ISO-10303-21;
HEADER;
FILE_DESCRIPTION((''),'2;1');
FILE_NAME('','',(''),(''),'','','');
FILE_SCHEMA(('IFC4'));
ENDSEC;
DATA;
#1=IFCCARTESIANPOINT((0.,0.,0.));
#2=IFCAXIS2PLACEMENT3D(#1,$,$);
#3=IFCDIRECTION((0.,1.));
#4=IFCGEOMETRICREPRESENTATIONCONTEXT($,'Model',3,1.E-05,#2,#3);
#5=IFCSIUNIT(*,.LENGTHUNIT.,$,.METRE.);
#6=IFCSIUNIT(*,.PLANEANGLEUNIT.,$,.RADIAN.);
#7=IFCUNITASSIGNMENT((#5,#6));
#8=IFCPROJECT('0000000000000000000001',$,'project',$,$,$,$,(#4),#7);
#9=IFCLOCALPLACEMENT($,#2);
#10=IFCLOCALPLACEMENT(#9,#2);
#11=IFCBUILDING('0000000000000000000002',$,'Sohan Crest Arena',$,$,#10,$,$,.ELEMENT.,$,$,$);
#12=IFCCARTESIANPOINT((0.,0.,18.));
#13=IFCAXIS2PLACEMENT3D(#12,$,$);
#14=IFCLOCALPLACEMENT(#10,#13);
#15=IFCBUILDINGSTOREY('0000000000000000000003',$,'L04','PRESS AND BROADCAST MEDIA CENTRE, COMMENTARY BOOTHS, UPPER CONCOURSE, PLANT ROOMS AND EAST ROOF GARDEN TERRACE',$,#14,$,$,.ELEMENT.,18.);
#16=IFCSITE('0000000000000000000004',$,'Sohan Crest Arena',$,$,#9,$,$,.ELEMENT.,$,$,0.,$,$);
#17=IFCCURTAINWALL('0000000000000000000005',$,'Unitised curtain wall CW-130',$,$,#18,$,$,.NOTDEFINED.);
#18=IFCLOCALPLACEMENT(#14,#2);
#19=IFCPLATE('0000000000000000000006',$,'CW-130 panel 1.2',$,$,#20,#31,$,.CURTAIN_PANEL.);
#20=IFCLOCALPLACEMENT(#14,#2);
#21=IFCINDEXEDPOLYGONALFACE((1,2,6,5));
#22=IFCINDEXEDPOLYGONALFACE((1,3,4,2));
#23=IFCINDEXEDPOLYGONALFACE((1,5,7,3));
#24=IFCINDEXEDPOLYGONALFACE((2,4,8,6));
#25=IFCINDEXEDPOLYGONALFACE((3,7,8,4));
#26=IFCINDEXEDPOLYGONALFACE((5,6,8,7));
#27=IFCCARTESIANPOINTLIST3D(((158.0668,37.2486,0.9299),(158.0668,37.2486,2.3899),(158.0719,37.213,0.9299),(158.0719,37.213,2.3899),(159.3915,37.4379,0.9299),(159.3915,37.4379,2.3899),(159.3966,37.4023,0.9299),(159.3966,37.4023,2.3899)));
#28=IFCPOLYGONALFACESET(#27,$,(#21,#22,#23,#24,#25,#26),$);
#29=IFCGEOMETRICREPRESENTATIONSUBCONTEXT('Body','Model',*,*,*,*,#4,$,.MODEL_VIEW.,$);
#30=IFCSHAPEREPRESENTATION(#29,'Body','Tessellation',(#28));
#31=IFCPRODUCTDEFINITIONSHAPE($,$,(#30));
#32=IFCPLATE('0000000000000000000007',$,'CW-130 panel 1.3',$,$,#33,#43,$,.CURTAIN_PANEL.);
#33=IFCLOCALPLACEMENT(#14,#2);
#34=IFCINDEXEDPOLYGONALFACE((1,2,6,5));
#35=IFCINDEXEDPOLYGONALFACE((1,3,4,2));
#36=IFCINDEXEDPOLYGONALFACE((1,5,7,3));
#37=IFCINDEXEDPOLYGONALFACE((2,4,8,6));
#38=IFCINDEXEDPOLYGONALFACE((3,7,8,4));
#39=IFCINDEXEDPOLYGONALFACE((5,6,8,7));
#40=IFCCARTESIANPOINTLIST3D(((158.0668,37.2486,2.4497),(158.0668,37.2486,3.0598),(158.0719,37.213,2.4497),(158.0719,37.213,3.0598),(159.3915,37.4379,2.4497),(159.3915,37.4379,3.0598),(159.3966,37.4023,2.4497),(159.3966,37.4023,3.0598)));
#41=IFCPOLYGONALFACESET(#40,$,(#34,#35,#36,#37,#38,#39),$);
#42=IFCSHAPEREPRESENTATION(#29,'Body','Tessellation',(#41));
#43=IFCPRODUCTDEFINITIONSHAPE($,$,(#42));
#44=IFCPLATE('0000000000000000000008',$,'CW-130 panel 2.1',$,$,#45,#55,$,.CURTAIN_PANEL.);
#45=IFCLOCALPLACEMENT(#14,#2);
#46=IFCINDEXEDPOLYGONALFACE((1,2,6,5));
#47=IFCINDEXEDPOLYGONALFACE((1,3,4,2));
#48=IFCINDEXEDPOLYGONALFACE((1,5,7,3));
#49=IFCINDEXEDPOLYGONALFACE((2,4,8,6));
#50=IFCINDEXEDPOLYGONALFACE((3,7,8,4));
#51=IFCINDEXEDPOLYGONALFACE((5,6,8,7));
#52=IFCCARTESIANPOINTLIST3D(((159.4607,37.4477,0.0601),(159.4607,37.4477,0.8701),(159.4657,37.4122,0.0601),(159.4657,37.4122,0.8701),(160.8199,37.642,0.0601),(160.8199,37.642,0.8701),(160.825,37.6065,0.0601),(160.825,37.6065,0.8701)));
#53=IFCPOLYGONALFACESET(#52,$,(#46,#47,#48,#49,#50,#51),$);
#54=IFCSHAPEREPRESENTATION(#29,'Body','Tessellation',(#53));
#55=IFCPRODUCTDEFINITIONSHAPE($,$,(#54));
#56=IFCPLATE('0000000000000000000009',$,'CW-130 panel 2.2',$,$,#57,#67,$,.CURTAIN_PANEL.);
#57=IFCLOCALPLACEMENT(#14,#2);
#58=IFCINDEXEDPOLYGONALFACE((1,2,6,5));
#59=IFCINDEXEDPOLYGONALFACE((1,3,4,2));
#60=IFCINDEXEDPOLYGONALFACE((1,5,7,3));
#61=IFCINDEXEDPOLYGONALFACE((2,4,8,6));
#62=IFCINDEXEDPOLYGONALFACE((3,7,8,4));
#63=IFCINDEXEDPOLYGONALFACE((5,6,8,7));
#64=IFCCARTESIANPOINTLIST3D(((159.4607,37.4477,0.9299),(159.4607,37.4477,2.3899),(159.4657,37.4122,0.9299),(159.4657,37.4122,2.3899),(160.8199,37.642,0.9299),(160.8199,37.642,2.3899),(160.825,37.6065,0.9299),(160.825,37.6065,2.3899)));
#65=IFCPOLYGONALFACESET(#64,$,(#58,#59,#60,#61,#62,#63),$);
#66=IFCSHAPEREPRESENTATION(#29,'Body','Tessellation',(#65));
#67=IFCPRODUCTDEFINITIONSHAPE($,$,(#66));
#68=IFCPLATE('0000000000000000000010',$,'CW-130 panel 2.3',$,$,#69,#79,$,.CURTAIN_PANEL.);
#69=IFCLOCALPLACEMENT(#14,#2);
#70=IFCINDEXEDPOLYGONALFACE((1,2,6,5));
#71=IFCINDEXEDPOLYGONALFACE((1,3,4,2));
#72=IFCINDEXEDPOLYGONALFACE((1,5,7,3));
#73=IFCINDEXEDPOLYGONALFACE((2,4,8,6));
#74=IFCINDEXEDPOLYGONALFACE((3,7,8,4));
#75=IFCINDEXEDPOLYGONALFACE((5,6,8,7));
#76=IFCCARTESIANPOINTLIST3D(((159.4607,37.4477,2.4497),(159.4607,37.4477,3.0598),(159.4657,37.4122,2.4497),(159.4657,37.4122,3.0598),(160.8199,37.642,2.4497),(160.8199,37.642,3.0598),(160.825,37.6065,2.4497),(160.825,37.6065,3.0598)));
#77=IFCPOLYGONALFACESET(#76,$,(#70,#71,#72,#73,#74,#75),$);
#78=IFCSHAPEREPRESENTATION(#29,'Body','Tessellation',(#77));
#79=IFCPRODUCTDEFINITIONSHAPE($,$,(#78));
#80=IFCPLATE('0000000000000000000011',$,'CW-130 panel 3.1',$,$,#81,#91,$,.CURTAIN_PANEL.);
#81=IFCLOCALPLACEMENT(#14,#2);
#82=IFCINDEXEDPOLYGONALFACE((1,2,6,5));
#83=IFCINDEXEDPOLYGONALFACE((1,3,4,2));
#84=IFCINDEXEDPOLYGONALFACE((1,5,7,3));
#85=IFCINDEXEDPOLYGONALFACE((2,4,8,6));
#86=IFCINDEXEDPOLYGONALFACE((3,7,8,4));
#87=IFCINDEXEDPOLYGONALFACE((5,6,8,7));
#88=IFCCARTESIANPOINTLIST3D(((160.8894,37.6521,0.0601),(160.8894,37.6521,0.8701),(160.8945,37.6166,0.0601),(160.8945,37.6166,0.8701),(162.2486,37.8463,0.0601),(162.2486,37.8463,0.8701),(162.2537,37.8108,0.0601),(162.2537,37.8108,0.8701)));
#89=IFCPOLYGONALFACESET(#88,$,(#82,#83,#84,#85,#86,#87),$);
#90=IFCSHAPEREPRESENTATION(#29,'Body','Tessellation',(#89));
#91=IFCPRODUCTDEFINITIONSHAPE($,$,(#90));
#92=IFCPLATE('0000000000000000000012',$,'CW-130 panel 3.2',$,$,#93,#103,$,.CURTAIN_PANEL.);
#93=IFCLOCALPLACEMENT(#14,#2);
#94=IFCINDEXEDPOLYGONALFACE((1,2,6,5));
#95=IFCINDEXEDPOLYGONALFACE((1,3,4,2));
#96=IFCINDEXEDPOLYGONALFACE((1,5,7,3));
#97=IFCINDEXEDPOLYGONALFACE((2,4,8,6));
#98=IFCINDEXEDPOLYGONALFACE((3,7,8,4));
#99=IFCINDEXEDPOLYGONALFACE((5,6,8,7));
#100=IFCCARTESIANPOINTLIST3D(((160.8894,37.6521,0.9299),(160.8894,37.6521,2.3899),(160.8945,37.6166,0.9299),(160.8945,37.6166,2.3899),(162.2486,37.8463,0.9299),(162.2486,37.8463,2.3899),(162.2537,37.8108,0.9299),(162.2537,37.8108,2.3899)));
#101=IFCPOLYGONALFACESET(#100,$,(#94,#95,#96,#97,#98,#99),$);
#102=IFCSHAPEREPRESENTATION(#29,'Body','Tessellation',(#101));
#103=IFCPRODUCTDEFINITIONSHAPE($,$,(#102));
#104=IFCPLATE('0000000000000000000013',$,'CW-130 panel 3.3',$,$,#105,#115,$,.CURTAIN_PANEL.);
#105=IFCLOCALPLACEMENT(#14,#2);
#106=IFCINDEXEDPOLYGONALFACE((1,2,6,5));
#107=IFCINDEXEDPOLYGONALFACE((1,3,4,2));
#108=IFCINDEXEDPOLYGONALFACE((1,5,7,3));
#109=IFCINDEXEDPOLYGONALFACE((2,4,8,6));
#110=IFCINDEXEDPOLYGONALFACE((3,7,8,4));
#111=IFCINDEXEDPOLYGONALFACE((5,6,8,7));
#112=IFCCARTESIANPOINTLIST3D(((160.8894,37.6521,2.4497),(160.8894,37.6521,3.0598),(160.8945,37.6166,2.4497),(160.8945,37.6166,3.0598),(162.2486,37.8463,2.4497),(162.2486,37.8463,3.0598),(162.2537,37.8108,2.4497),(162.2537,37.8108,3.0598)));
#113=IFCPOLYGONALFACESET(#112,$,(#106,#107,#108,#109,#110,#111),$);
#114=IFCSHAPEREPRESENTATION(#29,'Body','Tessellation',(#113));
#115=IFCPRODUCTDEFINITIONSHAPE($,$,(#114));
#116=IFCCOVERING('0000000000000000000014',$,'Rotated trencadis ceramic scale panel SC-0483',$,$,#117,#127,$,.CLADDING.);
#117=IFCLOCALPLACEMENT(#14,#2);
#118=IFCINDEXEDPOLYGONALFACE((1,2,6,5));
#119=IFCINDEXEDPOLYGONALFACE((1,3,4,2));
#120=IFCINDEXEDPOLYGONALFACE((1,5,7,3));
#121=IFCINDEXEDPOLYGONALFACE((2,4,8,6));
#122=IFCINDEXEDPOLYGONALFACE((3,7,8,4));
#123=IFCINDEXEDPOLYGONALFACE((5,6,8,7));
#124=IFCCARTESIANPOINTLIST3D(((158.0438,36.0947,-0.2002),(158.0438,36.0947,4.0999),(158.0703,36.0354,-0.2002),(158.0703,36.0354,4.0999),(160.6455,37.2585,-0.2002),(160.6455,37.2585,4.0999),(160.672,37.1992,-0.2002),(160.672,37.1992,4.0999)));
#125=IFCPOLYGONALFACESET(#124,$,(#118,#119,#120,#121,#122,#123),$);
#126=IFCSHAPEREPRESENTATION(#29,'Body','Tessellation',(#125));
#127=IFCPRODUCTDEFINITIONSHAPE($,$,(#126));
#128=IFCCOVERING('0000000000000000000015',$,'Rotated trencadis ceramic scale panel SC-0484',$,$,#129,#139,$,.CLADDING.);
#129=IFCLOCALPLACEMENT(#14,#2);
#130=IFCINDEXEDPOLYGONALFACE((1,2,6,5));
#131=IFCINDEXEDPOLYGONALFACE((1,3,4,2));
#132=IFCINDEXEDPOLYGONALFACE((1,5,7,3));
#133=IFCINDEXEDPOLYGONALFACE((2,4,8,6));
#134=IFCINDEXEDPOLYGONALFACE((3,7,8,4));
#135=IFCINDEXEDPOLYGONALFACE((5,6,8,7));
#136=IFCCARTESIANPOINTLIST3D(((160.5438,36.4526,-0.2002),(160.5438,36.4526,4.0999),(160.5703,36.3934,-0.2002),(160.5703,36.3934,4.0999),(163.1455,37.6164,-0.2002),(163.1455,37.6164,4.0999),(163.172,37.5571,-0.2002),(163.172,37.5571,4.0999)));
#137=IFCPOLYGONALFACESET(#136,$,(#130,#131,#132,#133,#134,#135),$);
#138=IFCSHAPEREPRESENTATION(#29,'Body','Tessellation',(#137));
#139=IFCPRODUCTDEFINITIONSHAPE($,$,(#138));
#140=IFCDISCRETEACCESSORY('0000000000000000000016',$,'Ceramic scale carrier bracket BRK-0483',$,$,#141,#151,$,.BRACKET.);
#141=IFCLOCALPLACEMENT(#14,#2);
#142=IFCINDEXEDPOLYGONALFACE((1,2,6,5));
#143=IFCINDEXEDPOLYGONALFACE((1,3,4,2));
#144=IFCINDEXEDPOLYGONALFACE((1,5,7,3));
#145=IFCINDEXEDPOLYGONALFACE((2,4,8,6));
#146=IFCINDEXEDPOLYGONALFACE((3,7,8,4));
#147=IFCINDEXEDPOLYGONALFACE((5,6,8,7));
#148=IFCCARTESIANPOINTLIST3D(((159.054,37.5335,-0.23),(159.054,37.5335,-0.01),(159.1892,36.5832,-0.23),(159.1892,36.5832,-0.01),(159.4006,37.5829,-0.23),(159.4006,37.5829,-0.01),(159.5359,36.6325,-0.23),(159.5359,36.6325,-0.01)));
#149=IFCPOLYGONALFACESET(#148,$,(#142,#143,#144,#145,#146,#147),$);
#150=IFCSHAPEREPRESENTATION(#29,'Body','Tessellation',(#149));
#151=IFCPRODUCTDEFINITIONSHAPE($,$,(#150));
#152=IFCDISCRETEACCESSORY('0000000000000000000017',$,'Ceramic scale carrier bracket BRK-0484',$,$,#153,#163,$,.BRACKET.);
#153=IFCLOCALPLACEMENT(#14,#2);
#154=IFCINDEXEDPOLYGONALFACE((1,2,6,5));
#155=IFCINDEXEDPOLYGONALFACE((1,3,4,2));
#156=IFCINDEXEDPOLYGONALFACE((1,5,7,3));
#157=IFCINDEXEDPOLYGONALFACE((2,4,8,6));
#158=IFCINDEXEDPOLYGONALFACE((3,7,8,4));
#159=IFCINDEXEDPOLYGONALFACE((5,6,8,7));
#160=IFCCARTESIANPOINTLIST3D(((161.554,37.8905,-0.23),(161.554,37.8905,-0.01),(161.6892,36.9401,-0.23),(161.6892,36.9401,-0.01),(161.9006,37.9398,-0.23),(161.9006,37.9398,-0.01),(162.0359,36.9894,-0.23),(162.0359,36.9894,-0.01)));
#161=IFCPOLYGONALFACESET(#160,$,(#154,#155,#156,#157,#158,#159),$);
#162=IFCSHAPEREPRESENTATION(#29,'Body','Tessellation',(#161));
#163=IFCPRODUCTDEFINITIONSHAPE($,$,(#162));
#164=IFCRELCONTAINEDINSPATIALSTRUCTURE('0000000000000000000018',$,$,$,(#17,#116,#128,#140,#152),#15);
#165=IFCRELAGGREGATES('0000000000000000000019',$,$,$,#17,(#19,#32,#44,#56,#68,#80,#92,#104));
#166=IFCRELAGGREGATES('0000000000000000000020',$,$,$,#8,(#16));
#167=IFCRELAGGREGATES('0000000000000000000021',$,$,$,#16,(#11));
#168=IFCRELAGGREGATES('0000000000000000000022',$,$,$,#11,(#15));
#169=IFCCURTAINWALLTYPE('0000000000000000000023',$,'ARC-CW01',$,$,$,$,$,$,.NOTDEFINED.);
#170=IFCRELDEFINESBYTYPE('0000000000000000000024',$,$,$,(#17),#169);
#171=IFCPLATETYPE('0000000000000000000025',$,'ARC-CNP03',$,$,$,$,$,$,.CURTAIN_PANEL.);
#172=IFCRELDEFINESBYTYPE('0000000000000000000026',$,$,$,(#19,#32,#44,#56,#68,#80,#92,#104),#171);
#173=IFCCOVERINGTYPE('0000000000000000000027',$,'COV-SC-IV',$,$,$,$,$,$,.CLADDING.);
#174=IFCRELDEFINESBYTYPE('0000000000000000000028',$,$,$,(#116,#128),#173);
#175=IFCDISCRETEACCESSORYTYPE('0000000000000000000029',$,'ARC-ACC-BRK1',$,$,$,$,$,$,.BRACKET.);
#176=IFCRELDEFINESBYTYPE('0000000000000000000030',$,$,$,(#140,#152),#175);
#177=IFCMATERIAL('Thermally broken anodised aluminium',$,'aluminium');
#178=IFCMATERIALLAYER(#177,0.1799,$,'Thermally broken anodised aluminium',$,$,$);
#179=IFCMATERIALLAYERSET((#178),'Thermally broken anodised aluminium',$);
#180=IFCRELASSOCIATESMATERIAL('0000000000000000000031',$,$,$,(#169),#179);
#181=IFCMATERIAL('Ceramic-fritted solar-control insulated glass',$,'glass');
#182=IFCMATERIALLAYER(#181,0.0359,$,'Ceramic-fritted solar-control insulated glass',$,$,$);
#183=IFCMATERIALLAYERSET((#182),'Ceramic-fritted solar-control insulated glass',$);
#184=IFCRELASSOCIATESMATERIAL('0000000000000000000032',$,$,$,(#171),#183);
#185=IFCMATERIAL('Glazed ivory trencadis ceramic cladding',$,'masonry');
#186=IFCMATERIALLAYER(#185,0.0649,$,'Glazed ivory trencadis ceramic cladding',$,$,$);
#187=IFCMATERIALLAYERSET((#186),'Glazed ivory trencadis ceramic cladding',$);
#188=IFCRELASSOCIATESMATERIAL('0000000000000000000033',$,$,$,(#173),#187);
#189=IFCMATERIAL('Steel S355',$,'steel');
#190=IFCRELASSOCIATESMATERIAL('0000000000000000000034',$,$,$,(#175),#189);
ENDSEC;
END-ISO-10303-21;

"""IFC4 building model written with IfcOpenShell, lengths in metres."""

from ifc_helpers import new_model, si_unit, direction, frame, origin, origin_2d, place, context, subcontext, project, spatial, rectangle, extrude, material, layer, layer_set, type_object, element, aggregate, save


model = new_model("IFC4")

# Units and contexts
model_context = context("Model", 3, precision=1e-05, world=origin(), true_north=direction((0.0, 1.0)))
body_context = subcontext(model_context, "Body", "Model", "MODEL_VIEW")
ifc_project = project(units=[si_unit("LENGTHUNIT", "METRE"), si_unit("PLANEANGLEUNIT", "RADIAN")], contexts=[model_context])

# Site, building, storey
site_placement = place(None, origin())
site = spatial("IfcSite", under=ifc_project, at=site_placement, Name="Sohan Crest Arena", CompositionType="ELEMENT", RefElevation=0.0)
building_placement = place(site_placement, origin())
building = spatial("IfcBuilding", under=site, at=building_placement, Name="Sohan Crest Arena", CompositionType="ELEMENT")
storey_placement = place(building_placement, frame((0.0, 0.0, 18.0)))
storey = spatial("IfcBuildingStorey", under=building, at=storey_placement, Name="L04", Description="PRESS AND BROADCAST MEDIA CENTRE, COMMENTARY BOOTHS, UPPER CONCOURSE, PLANT ROOMS AND EAST ROOF GARDEN TERRACE", CompositionType="ELEMENT", Elevation=18.0)

# Curtain wall, plates
ifc_material_1 = material(Name="Thermally broken anodised aluminium", Category="aluminium")
ifc_layer_1 = layer(ifc_material_1, 0.1799, Name="Thermally broken anodised aluminium")
ifc_layer_set_1 = layer_set([ifc_layer_1], Name="Thermally broken anodised aluminium")
curtain_wall_type = type_object("IfcCurtainWallType", Name="ARC-CW01", PredefinedType="NOTDEFINED", material=ifc_layer_set_1)
curtain_wall_placement = place(storey_placement, origin())
curtain_wall = element("IfcCurtainWall", 1, at=curtain_wall_placement, inside=storey, type_object=curtain_wall_type, Name="Unitised curtain wall CW-130", PredefinedType="NOTDEFINED")
ifc_material_2 = material(Name="Ceramic-fritted solar-control insulated glass", Category="glass")
ifc_layer_2 = layer(ifc_material_2, 0.0359, Name="Ceramic-fritted solar-control insulated glass")
ifc_layer_set_2 = layer_set([ifc_layer_2], Name="Ceramic-fritted solar-control insulated glass")
plate_type = type_object("IfcPlateType", Name="ARC-CNP03", PredefinedType="CURTAIN_PANEL", material=ifc_layer_set_2)
plate_1_placement = place(storey_placement, frame((158.7317, 37.3254, 0.9299), z_axis=(0.0, 0.0, 1.0), x_axis=(0.989944, 0.141463, 0.0)))
plate_1 = element("IfcPlate", 2, at=plate_1_placement, type_object=plate_type, Name="CW-130 panel 1.2", PredefinedType="CURTAIN_PANEL", context=body_context, shape_type="SweptSolid", body=[
    extrude(rectangle(XDim=1.3381, YDim=0.0359, at=origin_2d()), origin(), (0.0, 0.0, 1.0), 1.46),
])
plate_2_placement = place(storey_placement, frame((158.7317, 37.3254, 2.4497), z_axis=(0.0, 0.0, 1.0), x_axis=(0.989944, 0.141463, 0.0)))
plate_2 = element("IfcPlate", 3, at=plate_2_placement, type_object=plate_type, Name="CW-130 panel 1.3", PredefinedType="CURTAIN_PANEL", context=body_context, shape_type="SweptSolid", body=[
    extrude(rectangle(XDim=1.3381, YDim=0.0359, at=origin_2d()), origin(), (0.0, 0.0, 1.0), 0.6101),
])
plate_3_placement = place(storey_placement, frame((160.1428, 37.5271, 0.0601), z_axis=(0.0, 0.0, 1.0), x_axis=(0.989944, 0.141463, 0.0)))
plate_3 = element("IfcPlate", 4, at=plate_3_placement, type_object=plate_type, Name="CW-130 panel 2.1", PredefinedType="CURTAIN_PANEL", context=body_context, shape_type="SweptSolid", body=[
    extrude(rectangle(XDim=1.373, YDim=0.0359, at=origin_2d()), origin(), (0.0, 0.0, 1.0), 0.8101),
])
plate_4_placement = place(storey_placement, frame((160.1428, 37.5271, 0.9299), z_axis=(0.0, 0.0, 1.0), x_axis=(0.989944, 0.141463, 0.0)))
plate_4 = element("IfcPlate", 5, at=plate_4_placement, type_object=plate_type, Name="CW-130 panel 2.2", PredefinedType="CURTAIN_PANEL", context=body_context, shape_type="SweptSolid", body=[
    extrude(rectangle(XDim=1.373, YDim=0.0359, at=origin_2d()), origin(), (0.0, 0.0, 1.0), 1.46),
])
plate_5_placement = place(storey_placement, frame((160.1428, 37.5271, 2.4497), z_axis=(0.0, 0.0, 1.0), x_axis=(0.989944, 0.141463, 0.0)))
plate_5 = element("IfcPlate", 6, at=plate_5_placement, type_object=plate_type, Name="CW-130 panel 2.3", PredefinedType="CURTAIN_PANEL", context=body_context, shape_type="SweptSolid", body=[
    extrude(rectangle(XDim=1.373, YDim=0.0359, at=origin_2d()), origin(), (0.0, 0.0, 1.0), 0.6101),
])
plate_6_placement = place(storey_placement, frame((161.5715, 37.7314, 0.0601), z_axis=(0.0, 0.0, 1.0), x_axis=(0.989944, 0.141463, 0.0)))
plate_6 = element("IfcPlate", 7, at=plate_6_placement, type_object=plate_type, Name="CW-130 panel 3.1", PredefinedType="CURTAIN_PANEL", context=body_context, shape_type="SweptSolid", body=[
    extrude(rectangle(XDim=1.373, YDim=0.0359, at=origin_2d()), origin(), (0.0, 0.0, 1.0), 0.8101),
])
plate_7_placement = place(storey_placement, frame((161.5715, 37.7314, 0.9299), z_axis=(0.0, 0.0, 1.0), x_axis=(0.989944, 0.141463, 0.0)))
plate_7 = element("IfcPlate", 8, at=plate_7_placement, type_object=plate_type, Name="CW-130 panel 3.2", PredefinedType="CURTAIN_PANEL", context=body_context, shape_type="SweptSolid", body=[
    extrude(rectangle(XDim=1.373, YDim=0.0359, at=origin_2d()), origin(), (0.0, 0.0, 1.0), 1.46),
])
plate_8_placement = place(storey_placement, frame((161.5715, 37.7314, 2.4497), z_axis=(0.0, 0.0, 1.0), x_axis=(0.989944, 0.141463, 0.0)))
plate_8 = element("IfcPlate", 9, at=plate_8_placement, type_object=plate_type, Name="CW-130 panel 3.3", PredefinedType="CURTAIN_PANEL", context=body_context, shape_type="SweptSolid", body=[
    extrude(rectangle(XDim=1.373, YDim=0.0359, at=origin_2d()), origin(), (0.0, 0.0, 1.0), 0.6101),
])
aggregate(curtain_wall, [plate_1, plate_2, plate_3, plate_4, plate_5, plate_6, plate_7, plate_8])

# Coverings
ifc_material_3 = material(Name="Glazed ivory trencadis ceramic cladding", Category="masonry")
ifc_layer_3 = layer(ifc_material_3, 0.0649, Name="Glazed ivory trencadis ceramic cladding")
ifc_layer_set_3 = layer_set([ifc_layer_3], Name="Glazed ivory trencadis ceramic cladding")
covering_type = type_object("IfcCoveringType", Name="COV-SC-IV", PredefinedType="CLADDING", material=ifc_layer_set_3)
for number, where, z_axis, x_axis, name in (
    (10, (159.3579, 36.647, -0.2002), (0.0, 0.0, 1.0), (0.912834, 0.40833, 0.0), "Rotated trencadis ceramic scale panel SC-0483"),
    (11, (161.8579, 37.0049, -0.2002), (0.0, 0.0, 1.0), (0.912834, 0.40833, 0.0), "Rotated trencadis ceramic scale panel SC-0484"),
):
    element("IfcCovering", number, at=place(storey_placement, frame(where, z_axis=z_axis, x_axis=x_axis)), inside=storey, type_object=covering_type, Name=name, PredefinedType="CLADDING", context=body_context, shape_type="SweptSolid", body=[
        extrude(rectangle(XDim=2.8501, YDim=0.0649, at=origin_2d()), origin(), (0.0, 0.0, 1.0), 4.3),
    ])

# Discrete accessories
ifc_material_4 = material(Name="Steel S355", Category="steel")
discrete_accessory_type = type_object("IfcDiscreteAccessoryType", Name="ARC-ACC-BRK1", PredefinedType="BRACKET", material=ifc_material_4)
for number, where, z_axis, x_axis, name in (
    (12, (159.2949, 37.083, -0.23), (0.0, 0.0, 1.0), (0.990024, 0.140901, 0.0), "Ceramic scale carrier bracket BRK-0483"),
    (13, (161.7949, 37.4399, -0.23), (0.0, 0.0, 1.0), (0.990024, 0.140901, 0.0), "Ceramic scale carrier bracket BRK-0484"),
):
    element("IfcDiscreteAccessory", number, at=place(storey_placement, frame(where, z_axis=z_axis, x_axis=x_axis)), inside=storey, type_object=discrete_accessory_type, Name=name, PredefinedType="BRACKET", context=body_context, shape_type="SweptSolid", body=[
        extrude(rectangle(XDim=0.3501, YDim=0.96, at=origin_2d()), origin(), (0.0, 0.0, 1.0), 0.22),
    ])

save(model, "model.ifc")
